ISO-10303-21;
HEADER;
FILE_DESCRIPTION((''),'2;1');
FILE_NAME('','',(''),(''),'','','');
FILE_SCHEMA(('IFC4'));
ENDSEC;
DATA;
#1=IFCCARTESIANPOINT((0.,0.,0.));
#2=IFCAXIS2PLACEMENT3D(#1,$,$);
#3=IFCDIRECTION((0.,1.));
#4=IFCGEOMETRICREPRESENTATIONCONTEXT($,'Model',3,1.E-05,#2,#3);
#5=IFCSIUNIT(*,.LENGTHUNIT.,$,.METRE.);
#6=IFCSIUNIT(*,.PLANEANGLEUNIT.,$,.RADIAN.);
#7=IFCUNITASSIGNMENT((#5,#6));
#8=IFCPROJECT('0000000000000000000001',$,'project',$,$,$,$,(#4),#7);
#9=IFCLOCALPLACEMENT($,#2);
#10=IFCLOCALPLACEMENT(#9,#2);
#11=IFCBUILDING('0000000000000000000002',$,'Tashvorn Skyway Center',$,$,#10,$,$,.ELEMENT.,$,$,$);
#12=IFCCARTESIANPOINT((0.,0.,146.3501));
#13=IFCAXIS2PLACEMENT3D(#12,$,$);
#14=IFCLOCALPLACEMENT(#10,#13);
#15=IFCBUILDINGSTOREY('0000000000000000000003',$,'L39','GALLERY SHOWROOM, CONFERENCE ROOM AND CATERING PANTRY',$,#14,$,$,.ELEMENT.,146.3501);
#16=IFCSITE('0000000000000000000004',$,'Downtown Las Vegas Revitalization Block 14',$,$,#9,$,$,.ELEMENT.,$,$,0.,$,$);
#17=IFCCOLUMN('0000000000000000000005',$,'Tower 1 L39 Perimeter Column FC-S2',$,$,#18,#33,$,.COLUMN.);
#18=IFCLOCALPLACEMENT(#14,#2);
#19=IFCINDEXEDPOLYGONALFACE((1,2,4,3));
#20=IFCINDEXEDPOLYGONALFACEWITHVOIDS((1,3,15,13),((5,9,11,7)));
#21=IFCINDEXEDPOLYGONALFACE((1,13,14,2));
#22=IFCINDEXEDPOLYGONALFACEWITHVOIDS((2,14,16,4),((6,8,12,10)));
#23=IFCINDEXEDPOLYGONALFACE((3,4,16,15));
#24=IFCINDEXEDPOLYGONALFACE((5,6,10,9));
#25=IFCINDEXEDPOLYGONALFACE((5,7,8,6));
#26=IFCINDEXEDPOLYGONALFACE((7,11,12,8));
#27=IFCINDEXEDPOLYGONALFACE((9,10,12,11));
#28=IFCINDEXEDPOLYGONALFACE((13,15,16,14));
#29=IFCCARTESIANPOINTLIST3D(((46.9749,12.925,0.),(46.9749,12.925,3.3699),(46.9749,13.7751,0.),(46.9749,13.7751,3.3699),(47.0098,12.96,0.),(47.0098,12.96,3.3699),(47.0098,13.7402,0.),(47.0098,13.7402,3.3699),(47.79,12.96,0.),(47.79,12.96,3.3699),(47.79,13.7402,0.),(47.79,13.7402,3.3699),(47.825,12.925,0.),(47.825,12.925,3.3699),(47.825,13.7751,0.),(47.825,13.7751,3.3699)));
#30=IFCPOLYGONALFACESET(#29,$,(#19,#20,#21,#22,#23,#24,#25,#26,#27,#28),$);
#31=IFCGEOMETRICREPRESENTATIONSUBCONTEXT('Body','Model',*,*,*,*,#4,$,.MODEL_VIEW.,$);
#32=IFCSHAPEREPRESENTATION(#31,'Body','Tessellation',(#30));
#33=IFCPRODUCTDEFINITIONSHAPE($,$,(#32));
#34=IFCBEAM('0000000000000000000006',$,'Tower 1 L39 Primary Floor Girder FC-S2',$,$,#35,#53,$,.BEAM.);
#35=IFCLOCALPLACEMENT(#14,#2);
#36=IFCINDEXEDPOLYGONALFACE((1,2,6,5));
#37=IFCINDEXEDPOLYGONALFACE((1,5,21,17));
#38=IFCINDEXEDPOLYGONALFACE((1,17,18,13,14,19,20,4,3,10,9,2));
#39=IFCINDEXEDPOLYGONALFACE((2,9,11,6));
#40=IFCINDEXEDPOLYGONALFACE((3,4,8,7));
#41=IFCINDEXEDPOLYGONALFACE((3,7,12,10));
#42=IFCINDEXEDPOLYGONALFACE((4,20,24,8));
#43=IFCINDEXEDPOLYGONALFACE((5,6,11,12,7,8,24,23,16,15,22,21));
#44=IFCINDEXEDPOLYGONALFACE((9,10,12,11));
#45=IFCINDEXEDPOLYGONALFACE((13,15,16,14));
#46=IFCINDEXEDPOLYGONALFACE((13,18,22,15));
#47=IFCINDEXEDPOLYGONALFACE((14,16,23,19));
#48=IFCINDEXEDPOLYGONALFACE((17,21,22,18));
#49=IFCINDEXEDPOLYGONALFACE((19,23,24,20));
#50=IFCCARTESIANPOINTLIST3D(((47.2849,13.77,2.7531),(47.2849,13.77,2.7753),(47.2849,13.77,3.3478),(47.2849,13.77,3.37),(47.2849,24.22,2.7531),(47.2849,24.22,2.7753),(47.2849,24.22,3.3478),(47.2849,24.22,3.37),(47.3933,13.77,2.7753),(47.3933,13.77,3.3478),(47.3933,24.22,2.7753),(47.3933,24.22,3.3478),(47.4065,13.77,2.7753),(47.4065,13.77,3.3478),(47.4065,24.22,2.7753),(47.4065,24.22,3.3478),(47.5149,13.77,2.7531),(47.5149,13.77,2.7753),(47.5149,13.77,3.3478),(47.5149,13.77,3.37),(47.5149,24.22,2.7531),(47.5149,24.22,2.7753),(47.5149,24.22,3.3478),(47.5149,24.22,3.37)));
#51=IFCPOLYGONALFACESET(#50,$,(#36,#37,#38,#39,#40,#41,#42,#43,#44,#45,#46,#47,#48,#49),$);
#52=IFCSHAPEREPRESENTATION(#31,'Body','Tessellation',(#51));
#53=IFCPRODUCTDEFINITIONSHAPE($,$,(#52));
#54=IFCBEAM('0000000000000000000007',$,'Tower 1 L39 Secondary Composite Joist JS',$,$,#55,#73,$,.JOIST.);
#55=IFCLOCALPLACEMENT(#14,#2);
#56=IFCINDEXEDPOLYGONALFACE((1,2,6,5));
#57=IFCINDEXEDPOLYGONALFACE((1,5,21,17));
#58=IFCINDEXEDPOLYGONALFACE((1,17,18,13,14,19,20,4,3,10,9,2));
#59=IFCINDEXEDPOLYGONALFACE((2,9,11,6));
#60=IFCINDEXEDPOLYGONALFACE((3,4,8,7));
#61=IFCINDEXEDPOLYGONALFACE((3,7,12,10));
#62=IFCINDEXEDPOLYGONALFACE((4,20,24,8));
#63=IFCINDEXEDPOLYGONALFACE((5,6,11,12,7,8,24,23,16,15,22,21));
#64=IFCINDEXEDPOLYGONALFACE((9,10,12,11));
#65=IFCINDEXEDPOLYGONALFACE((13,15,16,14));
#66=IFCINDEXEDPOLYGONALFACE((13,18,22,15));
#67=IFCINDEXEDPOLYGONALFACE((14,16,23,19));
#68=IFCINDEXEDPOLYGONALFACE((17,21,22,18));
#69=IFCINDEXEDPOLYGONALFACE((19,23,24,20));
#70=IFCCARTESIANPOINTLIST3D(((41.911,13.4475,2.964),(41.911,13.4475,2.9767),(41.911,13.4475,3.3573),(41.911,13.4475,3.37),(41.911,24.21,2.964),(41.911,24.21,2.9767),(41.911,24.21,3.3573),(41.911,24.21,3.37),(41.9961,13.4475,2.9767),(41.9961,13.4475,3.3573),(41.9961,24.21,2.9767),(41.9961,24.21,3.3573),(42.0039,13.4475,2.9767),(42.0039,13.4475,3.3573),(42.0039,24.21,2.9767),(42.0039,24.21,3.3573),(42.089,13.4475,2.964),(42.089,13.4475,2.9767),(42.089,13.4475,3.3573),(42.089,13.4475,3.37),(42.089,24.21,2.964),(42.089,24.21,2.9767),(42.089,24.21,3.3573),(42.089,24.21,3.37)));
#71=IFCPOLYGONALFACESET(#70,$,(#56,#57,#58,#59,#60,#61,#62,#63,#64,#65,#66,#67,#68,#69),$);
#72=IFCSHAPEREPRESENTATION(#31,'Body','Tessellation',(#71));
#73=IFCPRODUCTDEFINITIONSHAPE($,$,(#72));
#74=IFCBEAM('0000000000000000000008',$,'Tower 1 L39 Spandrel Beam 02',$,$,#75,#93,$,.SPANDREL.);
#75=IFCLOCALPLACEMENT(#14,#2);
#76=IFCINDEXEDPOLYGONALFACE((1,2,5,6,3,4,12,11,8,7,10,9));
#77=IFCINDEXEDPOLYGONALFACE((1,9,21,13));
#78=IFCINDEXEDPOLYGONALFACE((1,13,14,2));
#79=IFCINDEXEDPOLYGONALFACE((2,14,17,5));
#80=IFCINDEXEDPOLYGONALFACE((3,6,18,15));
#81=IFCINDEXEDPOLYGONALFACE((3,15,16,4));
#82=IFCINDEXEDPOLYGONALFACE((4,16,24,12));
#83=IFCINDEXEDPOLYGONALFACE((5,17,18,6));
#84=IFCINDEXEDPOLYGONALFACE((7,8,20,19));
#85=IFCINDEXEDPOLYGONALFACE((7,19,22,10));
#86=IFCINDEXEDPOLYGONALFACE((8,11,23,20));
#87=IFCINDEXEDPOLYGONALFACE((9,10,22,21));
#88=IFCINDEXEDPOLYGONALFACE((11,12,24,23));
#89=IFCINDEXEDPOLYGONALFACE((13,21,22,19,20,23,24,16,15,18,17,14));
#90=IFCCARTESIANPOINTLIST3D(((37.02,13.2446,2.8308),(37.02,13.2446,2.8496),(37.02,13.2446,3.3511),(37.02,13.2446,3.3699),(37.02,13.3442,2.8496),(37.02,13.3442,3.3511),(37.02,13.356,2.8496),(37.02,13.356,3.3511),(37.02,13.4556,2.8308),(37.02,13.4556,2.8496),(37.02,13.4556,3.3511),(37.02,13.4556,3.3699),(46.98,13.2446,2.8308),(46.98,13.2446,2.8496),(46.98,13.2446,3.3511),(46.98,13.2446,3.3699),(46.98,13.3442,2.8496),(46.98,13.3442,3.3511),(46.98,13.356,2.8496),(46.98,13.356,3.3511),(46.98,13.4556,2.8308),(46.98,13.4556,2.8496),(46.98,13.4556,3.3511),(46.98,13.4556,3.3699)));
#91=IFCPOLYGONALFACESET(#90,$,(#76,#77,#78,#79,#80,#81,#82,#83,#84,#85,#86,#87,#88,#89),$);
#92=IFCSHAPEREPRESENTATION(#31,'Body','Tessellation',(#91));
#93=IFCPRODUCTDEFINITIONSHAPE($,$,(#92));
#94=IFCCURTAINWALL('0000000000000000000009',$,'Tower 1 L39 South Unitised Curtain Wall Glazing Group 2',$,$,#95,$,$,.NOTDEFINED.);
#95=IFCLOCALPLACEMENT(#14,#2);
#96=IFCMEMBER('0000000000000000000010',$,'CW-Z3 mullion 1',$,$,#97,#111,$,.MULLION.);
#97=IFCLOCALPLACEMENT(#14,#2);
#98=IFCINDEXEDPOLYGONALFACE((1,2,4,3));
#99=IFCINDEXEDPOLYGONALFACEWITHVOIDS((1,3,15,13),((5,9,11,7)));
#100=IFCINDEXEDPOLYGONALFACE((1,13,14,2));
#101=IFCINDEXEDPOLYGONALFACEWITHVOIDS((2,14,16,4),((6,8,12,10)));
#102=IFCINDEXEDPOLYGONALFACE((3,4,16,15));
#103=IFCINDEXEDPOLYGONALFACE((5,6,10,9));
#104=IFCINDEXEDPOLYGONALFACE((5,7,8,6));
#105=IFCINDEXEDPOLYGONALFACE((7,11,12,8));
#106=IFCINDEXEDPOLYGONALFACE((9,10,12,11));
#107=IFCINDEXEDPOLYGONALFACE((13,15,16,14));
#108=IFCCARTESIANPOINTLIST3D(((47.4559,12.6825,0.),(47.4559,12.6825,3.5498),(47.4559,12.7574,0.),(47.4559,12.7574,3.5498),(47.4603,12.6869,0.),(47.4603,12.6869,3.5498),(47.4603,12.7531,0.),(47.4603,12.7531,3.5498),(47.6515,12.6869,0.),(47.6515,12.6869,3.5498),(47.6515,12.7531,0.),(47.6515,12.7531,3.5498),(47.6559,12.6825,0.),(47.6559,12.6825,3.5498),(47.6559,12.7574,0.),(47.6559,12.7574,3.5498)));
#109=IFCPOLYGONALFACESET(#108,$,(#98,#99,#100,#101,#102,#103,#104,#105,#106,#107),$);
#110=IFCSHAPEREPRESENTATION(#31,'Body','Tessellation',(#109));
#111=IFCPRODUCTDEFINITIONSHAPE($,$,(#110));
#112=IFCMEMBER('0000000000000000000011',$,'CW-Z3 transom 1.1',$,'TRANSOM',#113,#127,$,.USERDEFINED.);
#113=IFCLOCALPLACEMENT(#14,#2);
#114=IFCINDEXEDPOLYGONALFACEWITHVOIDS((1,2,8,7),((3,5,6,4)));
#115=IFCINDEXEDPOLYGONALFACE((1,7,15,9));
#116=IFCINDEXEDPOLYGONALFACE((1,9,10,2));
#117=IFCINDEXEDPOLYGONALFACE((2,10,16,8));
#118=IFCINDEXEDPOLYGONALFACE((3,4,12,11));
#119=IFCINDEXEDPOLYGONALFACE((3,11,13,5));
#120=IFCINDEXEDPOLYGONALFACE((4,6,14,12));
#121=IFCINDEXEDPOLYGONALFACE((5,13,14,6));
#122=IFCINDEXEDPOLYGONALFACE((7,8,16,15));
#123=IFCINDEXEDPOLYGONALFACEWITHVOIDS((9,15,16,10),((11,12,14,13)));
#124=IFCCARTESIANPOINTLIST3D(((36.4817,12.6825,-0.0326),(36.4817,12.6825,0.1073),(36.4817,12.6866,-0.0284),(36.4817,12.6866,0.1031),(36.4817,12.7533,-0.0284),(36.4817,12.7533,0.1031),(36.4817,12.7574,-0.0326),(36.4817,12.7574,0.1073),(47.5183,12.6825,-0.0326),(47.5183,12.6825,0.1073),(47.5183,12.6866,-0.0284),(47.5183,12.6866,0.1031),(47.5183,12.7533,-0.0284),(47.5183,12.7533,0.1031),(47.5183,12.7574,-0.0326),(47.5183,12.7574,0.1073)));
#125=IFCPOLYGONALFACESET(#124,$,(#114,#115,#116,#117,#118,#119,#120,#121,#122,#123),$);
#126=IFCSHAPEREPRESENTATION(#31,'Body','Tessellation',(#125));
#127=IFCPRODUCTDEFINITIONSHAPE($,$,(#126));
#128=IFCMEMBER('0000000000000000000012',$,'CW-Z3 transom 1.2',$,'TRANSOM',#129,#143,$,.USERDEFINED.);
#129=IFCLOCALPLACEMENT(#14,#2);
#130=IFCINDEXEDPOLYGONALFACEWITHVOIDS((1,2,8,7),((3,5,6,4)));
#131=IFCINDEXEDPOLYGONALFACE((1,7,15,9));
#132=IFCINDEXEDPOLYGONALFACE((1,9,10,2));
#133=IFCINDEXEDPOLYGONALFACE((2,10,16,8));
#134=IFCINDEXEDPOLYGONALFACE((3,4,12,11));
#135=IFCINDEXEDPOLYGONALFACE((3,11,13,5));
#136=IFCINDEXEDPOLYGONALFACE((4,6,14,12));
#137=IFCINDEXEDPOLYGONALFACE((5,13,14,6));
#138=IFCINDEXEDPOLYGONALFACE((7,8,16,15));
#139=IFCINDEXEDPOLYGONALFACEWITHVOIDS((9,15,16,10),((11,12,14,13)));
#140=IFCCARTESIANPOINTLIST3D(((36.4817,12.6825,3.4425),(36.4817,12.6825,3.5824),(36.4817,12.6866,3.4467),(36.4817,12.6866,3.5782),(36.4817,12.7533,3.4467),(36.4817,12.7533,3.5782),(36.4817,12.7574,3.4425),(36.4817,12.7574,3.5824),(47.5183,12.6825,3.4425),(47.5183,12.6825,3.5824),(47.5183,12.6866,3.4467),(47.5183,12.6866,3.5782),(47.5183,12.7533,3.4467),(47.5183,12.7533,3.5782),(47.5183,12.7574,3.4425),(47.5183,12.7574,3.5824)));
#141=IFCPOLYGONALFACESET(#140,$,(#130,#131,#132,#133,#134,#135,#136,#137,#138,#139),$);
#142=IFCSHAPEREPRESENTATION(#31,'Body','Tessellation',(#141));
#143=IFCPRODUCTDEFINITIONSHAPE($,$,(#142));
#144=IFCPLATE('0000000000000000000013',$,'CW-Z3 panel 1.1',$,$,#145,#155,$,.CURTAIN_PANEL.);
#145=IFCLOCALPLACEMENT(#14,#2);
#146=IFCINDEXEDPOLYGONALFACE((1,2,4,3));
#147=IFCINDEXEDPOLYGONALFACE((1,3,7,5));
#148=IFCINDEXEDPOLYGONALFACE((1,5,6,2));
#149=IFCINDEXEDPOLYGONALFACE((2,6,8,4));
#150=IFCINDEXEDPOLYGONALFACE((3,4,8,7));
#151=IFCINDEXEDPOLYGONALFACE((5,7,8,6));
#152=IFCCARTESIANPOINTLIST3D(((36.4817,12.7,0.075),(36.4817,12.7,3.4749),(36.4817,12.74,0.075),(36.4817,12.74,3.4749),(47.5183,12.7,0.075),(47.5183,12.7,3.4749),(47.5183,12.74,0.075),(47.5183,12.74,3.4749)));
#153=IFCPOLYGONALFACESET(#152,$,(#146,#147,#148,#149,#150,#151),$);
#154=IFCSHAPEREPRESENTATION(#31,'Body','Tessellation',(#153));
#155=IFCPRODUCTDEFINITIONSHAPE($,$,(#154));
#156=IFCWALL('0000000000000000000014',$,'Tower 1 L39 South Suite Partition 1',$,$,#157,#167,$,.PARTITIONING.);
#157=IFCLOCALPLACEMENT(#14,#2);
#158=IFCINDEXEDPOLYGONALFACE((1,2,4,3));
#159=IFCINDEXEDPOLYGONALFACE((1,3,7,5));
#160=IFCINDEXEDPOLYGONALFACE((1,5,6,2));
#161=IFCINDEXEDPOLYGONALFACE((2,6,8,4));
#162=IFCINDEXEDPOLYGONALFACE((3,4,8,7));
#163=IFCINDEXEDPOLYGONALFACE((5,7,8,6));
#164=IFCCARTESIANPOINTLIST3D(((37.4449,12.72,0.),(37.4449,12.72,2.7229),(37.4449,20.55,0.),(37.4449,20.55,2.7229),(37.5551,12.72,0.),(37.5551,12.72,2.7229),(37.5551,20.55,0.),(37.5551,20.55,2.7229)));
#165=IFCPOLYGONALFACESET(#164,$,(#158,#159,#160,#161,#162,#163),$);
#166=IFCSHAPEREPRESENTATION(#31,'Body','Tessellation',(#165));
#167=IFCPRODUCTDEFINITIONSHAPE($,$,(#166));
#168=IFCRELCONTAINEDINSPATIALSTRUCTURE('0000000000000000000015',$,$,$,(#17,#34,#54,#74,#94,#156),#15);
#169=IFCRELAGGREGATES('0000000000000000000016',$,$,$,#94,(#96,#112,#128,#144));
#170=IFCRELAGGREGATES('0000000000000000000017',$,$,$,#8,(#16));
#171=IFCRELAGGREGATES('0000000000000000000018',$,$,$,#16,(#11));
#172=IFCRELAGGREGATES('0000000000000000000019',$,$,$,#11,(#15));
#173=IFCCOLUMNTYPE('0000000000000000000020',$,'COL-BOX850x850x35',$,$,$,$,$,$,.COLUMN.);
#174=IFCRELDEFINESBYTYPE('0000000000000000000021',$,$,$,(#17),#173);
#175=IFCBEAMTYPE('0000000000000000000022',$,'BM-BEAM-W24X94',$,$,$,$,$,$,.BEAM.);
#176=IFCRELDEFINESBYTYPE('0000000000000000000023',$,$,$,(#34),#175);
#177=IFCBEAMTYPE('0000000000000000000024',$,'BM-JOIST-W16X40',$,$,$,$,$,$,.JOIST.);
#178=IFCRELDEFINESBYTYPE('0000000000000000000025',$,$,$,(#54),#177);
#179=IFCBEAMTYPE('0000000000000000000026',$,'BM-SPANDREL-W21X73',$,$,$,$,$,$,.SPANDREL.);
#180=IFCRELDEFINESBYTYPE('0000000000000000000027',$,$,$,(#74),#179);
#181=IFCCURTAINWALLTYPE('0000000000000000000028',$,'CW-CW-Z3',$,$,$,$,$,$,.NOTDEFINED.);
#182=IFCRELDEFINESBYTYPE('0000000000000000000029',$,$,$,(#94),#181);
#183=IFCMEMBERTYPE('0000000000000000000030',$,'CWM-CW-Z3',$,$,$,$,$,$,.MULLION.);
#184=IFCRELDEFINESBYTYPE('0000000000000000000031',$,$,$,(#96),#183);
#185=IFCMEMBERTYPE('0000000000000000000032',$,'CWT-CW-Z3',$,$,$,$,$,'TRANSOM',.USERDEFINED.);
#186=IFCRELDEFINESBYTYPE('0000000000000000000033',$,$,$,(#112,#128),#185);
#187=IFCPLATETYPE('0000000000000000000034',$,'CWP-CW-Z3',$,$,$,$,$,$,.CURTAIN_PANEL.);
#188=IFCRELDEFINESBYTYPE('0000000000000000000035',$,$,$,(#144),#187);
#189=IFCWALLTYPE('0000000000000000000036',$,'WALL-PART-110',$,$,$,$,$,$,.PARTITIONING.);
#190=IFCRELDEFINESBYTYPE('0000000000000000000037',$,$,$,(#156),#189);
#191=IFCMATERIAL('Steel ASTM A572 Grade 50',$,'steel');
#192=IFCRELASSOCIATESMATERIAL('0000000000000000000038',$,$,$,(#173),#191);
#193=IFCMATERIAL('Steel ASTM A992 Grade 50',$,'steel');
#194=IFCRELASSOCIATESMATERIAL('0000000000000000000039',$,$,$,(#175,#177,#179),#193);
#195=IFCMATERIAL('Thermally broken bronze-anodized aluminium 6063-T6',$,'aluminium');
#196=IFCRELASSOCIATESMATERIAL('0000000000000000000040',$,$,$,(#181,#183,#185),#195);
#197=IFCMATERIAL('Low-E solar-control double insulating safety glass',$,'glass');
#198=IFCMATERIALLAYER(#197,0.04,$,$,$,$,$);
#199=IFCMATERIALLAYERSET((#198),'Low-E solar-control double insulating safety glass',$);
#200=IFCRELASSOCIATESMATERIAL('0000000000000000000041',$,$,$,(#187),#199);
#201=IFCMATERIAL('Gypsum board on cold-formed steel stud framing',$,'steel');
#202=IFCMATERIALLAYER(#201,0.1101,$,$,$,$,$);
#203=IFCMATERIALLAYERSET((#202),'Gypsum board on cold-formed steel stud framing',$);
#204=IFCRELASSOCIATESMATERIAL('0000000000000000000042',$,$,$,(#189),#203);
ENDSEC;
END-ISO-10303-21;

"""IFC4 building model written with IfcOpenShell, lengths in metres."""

from ifc_helpers import new_model, si_unit, direction, frame, frame_2d, origin, origin_2d, place, context, subcontext, project, spatial, rectangle, hollow_rectangle, i_section, extrude, material, layer, layer_set, material_profile, profile_set, type_object, element, aggregate, save


model = new_model("IFC4")

# Units and contexts
model_context = context("Model", 3, precision=1e-05, world=origin(), true_north=direction((0.0, 1.0)))
body_context = subcontext(model_context, "Body", "Model", "MODEL_VIEW")
ifc_project = project(units=[si_unit("LENGTHUNIT", "METRE"), si_unit("PLANEANGLEUNIT", "RADIAN")], contexts=[model_context])

# Site, building, storey
site_placement = place(None, origin())
site = spatial("IfcSite", under=ifc_project, at=site_placement, Name="Downtown Las Vegas Revitalization Block 14", CompositionType="ELEMENT", RefElevation=0.0)
building_placement = place(site_placement, origin())
building = spatial("IfcBuilding", under=site, at=building_placement, Name="Tashvorn Skyway Center", CompositionType="ELEMENT")
storey_placement = place(building_placement, frame((0.0, 0.0, 146.3501)))
storey = spatial("IfcBuildingStorey", under=building, at=storey_placement, Name="L39", Description="GALLERY SHOWROOM, CONFERENCE ROOM AND CATERING PANTRY", CompositionType="ELEMENT", Elevation=146.3501)

# Column
ifc_material_1 = material(Name="Steel ASTM A572 Grade 50", Category="steel")
ifc_material_profile_1 = material_profile(ifc_material_1, hollow_rectangle(XDim=0.8501, YDim=0.8501, WallThickness=0.0349, at=origin_2d()), Name="BOX850x850x35")
ifc_profile_set_1 = profile_set([ifc_material_profile_1], Name="Steel ASTM A572 Grade 50")
column_type = type_object("IfcColumnType", Name="COL-BOX850x850x35", PredefinedType="COLUMN", material=ifc_profile_set_1)
column_placement = place(storey_placement, frame((47.3999, 13.3501, 0.0), z_axis=(0.0, 0.0, 1.0), x_axis=(1.0, 0.0, 0.0)))
element("IfcColumn", 1, at=column_placement, inside=storey, type_object=column_type, Name="Tower 1 L39 Perimeter Column FC-S2", PredefinedType="COLUMN", context=body_context, shape_type="SweptSolid", body=[
    extrude(hollow_rectangle(XDim=0.8501, YDim=0.8501, WallThickness=0.0349, at=origin_2d()), origin(), (0.0, 0.0, 1.0), 3.3699),
])

# Beams
ifc_material_2 = material(Name="Steel ASTM A992 Grade 50", Category="steel")
ifc_material_profile_2 = material_profile(ifc_material_2, i_section(OverallWidth=0.23, OverallDepth=0.6169, WebThickness=0.0132, FlangeThickness=0.0222, at=origin_2d()), Name="W24X94")
ifc_profile_set_2 = profile_set([ifc_material_profile_2], Name="Steel ASTM A992 Grade 50")
beam_type_1 = type_object("IfcBeamType", Name="BM-BEAM-W24X94", PredefinedType="BEAM", material=ifc_profile_set_2)
beam_1_placement = place(storey_placement, frame((47.3999, 13.77, 3.0615), z_axis=(0.0, 1.0, 0.0), x_axis=(-1.0, 0.0, 0.0)))
element("IfcBeam", 2, at=beam_1_placement, inside=storey, type_object=beam_type_1, Name="Tower 1 L39 Primary Floor Girder FC-S2", PredefinedType="BEAM", context=body_context, shape_type="SweptSolid", body=[
    extrude(i_section(OverallWidth=0.23, OverallDepth=0.6169, WebThickness=0.0132, FlangeThickness=0.0222, at=origin_2d()), origin(), (0.0, 0.0, 1.0), 10.45),
])
ifc_material_profile_3 = material_profile(ifc_material_2, i_section(OverallWidth=0.178, OverallDepth=0.406, WebThickness=0.0078, FlangeThickness=0.0127, at=origin_2d()), Name="W16X40")
ifc_profile_set_3 = profile_set([ifc_material_profile_3], Name="Steel ASTM A992 Grade 50")
beam_type_2 = type_object("IfcBeamType", Name="BM-JOIST-W16X40", PredefinedType="JOIST", material=ifc_profile_set_3)
beam_2_placement = place(storey_placement, frame((42.0, 24.21, 3.167), z_axis=(0.0, -1.0, 0.0), x_axis=(1.0, 0.0, 0.0)))
element("IfcBeam", 3, at=beam_2_placement, inside=storey, type_object=beam_type_2, Name="Tower 1 L39 Secondary Composite Joist JS", PredefinedType="JOIST", context=body_context, shape_type="SweptSolid", body=[
    extrude(i_section(OverallWidth=0.178, OverallDepth=0.406, WebThickness=0.0078, FlangeThickness=0.0127, at=origin_2d()), origin(), (0.0, 0.0, 1.0), 10.7625),
])
ifc_material_profile_4 = material_profile(ifc_material_2, i_section(OverallWidth=0.2109, OverallDepth=0.5391, WebThickness=0.0117, FlangeThickness=0.0188, at=origin_2d()), Name="W21X73")
ifc_profile_set_4 = profile_set([ifc_material_profile_4], Name="Steel ASTM A992 Grade 50")
beam_type_3 = type_object("IfcBeamType", Name="BM-SPANDREL-W21X73", PredefinedType="SPANDREL", material=ifc_profile_set_4)
beam_3_placement = place(storey_placement, frame((37.02, 13.3501, 3.1003), z_axis=(1.0, 0.0, 0.0), x_axis=(0.0, 1.0, 0.0)))
element("IfcBeam", 4, at=beam_3_placement, inside=storey, type_object=beam_type_3, Name="Tower 1 L39 Spandrel Beam 02", PredefinedType="SPANDREL", context=body_context, shape_type="SweptSolid", body=[
    extrude(i_section(OverallWidth=0.2109, OverallDepth=0.5391, WebThickness=0.0117, FlangeThickness=0.0188, at=origin_2d()), origin(), (0.0, 0.0, 1.0), 9.96),
])

# Curtain wall, members, plate
ifc_material_3 = material(Name="Thermally broken bronze-anodized aluminium 6063-T6", Category="aluminium")
curtain_wall_type = type_object("IfcCurtainWallType", Name="CW-CW-Z3", PredefinedType="NOTDEFINED", material=ifc_material_3)
curtain_wall_placement = place(storey_placement, origin())
curtain_wall = element("IfcCurtainWall", 5, at=curtain_wall_placement, inside=storey, type_object=curtain_wall_type, Name="Tower 1 L39 South Unitised Curtain Wall Glazing Group 2", PredefinedType="NOTDEFINED")
ifc_material_profile_5 = material_profile(ifc_material_3, hollow_rectangle(XDim=0.075, YDim=0.2, WallThickness=0.0044, at=origin_2d()), Name="ALU-MULL-75x200")
ifc_profile_set_5 = profile_set([ifc_material_profile_5], Name="Thermally broken bronze-anodized aluminium 6063-T6")
member_type_1 = type_object("IfcMemberType", Name="CWM-CW-Z3", PredefinedType="MULLION", material=ifc_profile_set_5)
member_1_placement = place(storey_placement, frame((47.5559, 12.72, 0.0), z_axis=(0.0, 0.0, 1.0), x_axis=(0.0, -1.0, 0.0)))
member_1 = element("IfcMember", 6, at=member_1_placement, type_object=member_type_1, Name="CW-Z3 mullion 1", PredefinedType="MULLION", context=body_context, shape_type="SweptSolid", body=[
    extrude(hollow_rectangle(XDim=0.075, YDim=0.2, WallThickness=0.0044, at=origin_2d()), origin(), (0.0, 0.0, 1.0), 3.5498),
])
ifc_material_profile_6 = material_profile(ifc_material_3, hollow_rectangle(XDim=0.075, YDim=0.1399, WallThickness=0.0042, at=origin_2d()), Name="ALU-TRAN-75x140")
ifc_profile_set_6 = profile_set([ifc_material_profile_6], Name="Thermally broken bronze-anodized aluminium 6063-T6")
member_type_2 = type_object("IfcMemberType", Name="CWT-CW-Z3", ElementType="TRANSOM", PredefinedType="USERDEFINED", material=ifc_profile_set_6)
member_2_placement = place(storey_placement, frame((47.5183, 12.72, 0.0374), z_axis=(-1.0, 0.0, 0.0), x_axis=(0.0, -1.0, 0.0)))
member_2 = element("IfcMember", 7, at=member_2_placement, type_object=member_type_2, Name="CW-Z3 transom 1.1", ObjectType="TRANSOM", PredefinedType="USERDEFINED", context=body_context, shape_type="SweptSolid", body=[
    extrude(hollow_rectangle(XDim=0.075, YDim=0.1399, WallThickness=0.0042, at=origin_2d()), origin(), (0.0, 0.0, 1.0), 11.0366),
])
member_3_placement = place(storey_placement, frame((47.5183, 12.72, 3.5125), z_axis=(-1.0, 0.0, 0.0), x_axis=(0.0, -1.0, 0.0)))
member_3 = element("IfcMember", 8, at=member_3_placement, type_object=member_type_2, Name="CW-Z3 transom 1.2", ObjectType="TRANSOM", PredefinedType="USERDEFINED", context=body_context, shape_type="SweptSolid", body=[
    extrude(hollow_rectangle(XDim=0.075, YDim=0.1399, WallThickness=0.0042, at=origin_2d()), origin(), (0.0, 0.0, 1.0), 11.0366),
])
ifc_material_4 = material(Name="Low-E solar-control double insulating safety glass", Category="glass")
ifc_layer_1 = layer(ifc_material_4, 0.04)
ifc_layer_set_1 = layer_set([ifc_layer_1], Name="Low-E solar-control double insulating safety glass")
plate_type = type_object("IfcPlateType", Name="CWP-CW-Z3", PredefinedType="CURTAIN_PANEL", material=ifc_layer_set_1)
plate_placement = place(storey_placement, frame((42.0, 12.72, 0.075), z_axis=(0.0, 0.0, 1.0), x_axis=(-1.0, 0.0, 0.0)))
plate = element("IfcPlate", 9, at=plate_placement, type_object=plate_type, Name="CW-Z3 panel 1.1", PredefinedType="CURTAIN_PANEL", context=body_context, shape_type="SweptSolid", body=[
    extrude(rectangle(XDim=11.0366, YDim=0.04, at=origin_2d()), origin(), (0.0, 0.0, 1.0), 3.3999),
])
aggregate(curtain_wall, [member_1, member_2, member_3, plate])

# Wall
ifc_material_5 = material(Name="Gypsum board on cold-formed steel stud framing", Category="steel")
ifc_layer_2 = layer(ifc_material_5, 0.1101)
ifc_layer_set_2 = layer_set([ifc_layer_2], Name="Gypsum board on cold-formed steel stud framing")
wall_type_1 = type_object("IfcWallType", Name="WALL-PART-110", PredefinedType="PARTITIONING", material=ifc_layer_set_2)
wall_1_placement = place(storey_placement, frame((37.5, 12.72, 0.0), z_axis=(0.0, 0.0, 1.0), x_axis=(0.0, 1.0, 0.0)))
element("IfcWall", 10, at=wall_1_placement, inside=storey, type_object=wall_type_1, Name="Tower 1 L39 South Suite Partition 1", PredefinedType="PARTITIONING", context=body_context, shape_type="SweptSolid", body=[
    extrude(rectangle(XDim=7.8301, YDim=0.1101, at=frame_2d((3.915, 0.0))), origin(), (0.0, 0.0, 1.0), 2.7229),
])

save(model, "model.ifc")
